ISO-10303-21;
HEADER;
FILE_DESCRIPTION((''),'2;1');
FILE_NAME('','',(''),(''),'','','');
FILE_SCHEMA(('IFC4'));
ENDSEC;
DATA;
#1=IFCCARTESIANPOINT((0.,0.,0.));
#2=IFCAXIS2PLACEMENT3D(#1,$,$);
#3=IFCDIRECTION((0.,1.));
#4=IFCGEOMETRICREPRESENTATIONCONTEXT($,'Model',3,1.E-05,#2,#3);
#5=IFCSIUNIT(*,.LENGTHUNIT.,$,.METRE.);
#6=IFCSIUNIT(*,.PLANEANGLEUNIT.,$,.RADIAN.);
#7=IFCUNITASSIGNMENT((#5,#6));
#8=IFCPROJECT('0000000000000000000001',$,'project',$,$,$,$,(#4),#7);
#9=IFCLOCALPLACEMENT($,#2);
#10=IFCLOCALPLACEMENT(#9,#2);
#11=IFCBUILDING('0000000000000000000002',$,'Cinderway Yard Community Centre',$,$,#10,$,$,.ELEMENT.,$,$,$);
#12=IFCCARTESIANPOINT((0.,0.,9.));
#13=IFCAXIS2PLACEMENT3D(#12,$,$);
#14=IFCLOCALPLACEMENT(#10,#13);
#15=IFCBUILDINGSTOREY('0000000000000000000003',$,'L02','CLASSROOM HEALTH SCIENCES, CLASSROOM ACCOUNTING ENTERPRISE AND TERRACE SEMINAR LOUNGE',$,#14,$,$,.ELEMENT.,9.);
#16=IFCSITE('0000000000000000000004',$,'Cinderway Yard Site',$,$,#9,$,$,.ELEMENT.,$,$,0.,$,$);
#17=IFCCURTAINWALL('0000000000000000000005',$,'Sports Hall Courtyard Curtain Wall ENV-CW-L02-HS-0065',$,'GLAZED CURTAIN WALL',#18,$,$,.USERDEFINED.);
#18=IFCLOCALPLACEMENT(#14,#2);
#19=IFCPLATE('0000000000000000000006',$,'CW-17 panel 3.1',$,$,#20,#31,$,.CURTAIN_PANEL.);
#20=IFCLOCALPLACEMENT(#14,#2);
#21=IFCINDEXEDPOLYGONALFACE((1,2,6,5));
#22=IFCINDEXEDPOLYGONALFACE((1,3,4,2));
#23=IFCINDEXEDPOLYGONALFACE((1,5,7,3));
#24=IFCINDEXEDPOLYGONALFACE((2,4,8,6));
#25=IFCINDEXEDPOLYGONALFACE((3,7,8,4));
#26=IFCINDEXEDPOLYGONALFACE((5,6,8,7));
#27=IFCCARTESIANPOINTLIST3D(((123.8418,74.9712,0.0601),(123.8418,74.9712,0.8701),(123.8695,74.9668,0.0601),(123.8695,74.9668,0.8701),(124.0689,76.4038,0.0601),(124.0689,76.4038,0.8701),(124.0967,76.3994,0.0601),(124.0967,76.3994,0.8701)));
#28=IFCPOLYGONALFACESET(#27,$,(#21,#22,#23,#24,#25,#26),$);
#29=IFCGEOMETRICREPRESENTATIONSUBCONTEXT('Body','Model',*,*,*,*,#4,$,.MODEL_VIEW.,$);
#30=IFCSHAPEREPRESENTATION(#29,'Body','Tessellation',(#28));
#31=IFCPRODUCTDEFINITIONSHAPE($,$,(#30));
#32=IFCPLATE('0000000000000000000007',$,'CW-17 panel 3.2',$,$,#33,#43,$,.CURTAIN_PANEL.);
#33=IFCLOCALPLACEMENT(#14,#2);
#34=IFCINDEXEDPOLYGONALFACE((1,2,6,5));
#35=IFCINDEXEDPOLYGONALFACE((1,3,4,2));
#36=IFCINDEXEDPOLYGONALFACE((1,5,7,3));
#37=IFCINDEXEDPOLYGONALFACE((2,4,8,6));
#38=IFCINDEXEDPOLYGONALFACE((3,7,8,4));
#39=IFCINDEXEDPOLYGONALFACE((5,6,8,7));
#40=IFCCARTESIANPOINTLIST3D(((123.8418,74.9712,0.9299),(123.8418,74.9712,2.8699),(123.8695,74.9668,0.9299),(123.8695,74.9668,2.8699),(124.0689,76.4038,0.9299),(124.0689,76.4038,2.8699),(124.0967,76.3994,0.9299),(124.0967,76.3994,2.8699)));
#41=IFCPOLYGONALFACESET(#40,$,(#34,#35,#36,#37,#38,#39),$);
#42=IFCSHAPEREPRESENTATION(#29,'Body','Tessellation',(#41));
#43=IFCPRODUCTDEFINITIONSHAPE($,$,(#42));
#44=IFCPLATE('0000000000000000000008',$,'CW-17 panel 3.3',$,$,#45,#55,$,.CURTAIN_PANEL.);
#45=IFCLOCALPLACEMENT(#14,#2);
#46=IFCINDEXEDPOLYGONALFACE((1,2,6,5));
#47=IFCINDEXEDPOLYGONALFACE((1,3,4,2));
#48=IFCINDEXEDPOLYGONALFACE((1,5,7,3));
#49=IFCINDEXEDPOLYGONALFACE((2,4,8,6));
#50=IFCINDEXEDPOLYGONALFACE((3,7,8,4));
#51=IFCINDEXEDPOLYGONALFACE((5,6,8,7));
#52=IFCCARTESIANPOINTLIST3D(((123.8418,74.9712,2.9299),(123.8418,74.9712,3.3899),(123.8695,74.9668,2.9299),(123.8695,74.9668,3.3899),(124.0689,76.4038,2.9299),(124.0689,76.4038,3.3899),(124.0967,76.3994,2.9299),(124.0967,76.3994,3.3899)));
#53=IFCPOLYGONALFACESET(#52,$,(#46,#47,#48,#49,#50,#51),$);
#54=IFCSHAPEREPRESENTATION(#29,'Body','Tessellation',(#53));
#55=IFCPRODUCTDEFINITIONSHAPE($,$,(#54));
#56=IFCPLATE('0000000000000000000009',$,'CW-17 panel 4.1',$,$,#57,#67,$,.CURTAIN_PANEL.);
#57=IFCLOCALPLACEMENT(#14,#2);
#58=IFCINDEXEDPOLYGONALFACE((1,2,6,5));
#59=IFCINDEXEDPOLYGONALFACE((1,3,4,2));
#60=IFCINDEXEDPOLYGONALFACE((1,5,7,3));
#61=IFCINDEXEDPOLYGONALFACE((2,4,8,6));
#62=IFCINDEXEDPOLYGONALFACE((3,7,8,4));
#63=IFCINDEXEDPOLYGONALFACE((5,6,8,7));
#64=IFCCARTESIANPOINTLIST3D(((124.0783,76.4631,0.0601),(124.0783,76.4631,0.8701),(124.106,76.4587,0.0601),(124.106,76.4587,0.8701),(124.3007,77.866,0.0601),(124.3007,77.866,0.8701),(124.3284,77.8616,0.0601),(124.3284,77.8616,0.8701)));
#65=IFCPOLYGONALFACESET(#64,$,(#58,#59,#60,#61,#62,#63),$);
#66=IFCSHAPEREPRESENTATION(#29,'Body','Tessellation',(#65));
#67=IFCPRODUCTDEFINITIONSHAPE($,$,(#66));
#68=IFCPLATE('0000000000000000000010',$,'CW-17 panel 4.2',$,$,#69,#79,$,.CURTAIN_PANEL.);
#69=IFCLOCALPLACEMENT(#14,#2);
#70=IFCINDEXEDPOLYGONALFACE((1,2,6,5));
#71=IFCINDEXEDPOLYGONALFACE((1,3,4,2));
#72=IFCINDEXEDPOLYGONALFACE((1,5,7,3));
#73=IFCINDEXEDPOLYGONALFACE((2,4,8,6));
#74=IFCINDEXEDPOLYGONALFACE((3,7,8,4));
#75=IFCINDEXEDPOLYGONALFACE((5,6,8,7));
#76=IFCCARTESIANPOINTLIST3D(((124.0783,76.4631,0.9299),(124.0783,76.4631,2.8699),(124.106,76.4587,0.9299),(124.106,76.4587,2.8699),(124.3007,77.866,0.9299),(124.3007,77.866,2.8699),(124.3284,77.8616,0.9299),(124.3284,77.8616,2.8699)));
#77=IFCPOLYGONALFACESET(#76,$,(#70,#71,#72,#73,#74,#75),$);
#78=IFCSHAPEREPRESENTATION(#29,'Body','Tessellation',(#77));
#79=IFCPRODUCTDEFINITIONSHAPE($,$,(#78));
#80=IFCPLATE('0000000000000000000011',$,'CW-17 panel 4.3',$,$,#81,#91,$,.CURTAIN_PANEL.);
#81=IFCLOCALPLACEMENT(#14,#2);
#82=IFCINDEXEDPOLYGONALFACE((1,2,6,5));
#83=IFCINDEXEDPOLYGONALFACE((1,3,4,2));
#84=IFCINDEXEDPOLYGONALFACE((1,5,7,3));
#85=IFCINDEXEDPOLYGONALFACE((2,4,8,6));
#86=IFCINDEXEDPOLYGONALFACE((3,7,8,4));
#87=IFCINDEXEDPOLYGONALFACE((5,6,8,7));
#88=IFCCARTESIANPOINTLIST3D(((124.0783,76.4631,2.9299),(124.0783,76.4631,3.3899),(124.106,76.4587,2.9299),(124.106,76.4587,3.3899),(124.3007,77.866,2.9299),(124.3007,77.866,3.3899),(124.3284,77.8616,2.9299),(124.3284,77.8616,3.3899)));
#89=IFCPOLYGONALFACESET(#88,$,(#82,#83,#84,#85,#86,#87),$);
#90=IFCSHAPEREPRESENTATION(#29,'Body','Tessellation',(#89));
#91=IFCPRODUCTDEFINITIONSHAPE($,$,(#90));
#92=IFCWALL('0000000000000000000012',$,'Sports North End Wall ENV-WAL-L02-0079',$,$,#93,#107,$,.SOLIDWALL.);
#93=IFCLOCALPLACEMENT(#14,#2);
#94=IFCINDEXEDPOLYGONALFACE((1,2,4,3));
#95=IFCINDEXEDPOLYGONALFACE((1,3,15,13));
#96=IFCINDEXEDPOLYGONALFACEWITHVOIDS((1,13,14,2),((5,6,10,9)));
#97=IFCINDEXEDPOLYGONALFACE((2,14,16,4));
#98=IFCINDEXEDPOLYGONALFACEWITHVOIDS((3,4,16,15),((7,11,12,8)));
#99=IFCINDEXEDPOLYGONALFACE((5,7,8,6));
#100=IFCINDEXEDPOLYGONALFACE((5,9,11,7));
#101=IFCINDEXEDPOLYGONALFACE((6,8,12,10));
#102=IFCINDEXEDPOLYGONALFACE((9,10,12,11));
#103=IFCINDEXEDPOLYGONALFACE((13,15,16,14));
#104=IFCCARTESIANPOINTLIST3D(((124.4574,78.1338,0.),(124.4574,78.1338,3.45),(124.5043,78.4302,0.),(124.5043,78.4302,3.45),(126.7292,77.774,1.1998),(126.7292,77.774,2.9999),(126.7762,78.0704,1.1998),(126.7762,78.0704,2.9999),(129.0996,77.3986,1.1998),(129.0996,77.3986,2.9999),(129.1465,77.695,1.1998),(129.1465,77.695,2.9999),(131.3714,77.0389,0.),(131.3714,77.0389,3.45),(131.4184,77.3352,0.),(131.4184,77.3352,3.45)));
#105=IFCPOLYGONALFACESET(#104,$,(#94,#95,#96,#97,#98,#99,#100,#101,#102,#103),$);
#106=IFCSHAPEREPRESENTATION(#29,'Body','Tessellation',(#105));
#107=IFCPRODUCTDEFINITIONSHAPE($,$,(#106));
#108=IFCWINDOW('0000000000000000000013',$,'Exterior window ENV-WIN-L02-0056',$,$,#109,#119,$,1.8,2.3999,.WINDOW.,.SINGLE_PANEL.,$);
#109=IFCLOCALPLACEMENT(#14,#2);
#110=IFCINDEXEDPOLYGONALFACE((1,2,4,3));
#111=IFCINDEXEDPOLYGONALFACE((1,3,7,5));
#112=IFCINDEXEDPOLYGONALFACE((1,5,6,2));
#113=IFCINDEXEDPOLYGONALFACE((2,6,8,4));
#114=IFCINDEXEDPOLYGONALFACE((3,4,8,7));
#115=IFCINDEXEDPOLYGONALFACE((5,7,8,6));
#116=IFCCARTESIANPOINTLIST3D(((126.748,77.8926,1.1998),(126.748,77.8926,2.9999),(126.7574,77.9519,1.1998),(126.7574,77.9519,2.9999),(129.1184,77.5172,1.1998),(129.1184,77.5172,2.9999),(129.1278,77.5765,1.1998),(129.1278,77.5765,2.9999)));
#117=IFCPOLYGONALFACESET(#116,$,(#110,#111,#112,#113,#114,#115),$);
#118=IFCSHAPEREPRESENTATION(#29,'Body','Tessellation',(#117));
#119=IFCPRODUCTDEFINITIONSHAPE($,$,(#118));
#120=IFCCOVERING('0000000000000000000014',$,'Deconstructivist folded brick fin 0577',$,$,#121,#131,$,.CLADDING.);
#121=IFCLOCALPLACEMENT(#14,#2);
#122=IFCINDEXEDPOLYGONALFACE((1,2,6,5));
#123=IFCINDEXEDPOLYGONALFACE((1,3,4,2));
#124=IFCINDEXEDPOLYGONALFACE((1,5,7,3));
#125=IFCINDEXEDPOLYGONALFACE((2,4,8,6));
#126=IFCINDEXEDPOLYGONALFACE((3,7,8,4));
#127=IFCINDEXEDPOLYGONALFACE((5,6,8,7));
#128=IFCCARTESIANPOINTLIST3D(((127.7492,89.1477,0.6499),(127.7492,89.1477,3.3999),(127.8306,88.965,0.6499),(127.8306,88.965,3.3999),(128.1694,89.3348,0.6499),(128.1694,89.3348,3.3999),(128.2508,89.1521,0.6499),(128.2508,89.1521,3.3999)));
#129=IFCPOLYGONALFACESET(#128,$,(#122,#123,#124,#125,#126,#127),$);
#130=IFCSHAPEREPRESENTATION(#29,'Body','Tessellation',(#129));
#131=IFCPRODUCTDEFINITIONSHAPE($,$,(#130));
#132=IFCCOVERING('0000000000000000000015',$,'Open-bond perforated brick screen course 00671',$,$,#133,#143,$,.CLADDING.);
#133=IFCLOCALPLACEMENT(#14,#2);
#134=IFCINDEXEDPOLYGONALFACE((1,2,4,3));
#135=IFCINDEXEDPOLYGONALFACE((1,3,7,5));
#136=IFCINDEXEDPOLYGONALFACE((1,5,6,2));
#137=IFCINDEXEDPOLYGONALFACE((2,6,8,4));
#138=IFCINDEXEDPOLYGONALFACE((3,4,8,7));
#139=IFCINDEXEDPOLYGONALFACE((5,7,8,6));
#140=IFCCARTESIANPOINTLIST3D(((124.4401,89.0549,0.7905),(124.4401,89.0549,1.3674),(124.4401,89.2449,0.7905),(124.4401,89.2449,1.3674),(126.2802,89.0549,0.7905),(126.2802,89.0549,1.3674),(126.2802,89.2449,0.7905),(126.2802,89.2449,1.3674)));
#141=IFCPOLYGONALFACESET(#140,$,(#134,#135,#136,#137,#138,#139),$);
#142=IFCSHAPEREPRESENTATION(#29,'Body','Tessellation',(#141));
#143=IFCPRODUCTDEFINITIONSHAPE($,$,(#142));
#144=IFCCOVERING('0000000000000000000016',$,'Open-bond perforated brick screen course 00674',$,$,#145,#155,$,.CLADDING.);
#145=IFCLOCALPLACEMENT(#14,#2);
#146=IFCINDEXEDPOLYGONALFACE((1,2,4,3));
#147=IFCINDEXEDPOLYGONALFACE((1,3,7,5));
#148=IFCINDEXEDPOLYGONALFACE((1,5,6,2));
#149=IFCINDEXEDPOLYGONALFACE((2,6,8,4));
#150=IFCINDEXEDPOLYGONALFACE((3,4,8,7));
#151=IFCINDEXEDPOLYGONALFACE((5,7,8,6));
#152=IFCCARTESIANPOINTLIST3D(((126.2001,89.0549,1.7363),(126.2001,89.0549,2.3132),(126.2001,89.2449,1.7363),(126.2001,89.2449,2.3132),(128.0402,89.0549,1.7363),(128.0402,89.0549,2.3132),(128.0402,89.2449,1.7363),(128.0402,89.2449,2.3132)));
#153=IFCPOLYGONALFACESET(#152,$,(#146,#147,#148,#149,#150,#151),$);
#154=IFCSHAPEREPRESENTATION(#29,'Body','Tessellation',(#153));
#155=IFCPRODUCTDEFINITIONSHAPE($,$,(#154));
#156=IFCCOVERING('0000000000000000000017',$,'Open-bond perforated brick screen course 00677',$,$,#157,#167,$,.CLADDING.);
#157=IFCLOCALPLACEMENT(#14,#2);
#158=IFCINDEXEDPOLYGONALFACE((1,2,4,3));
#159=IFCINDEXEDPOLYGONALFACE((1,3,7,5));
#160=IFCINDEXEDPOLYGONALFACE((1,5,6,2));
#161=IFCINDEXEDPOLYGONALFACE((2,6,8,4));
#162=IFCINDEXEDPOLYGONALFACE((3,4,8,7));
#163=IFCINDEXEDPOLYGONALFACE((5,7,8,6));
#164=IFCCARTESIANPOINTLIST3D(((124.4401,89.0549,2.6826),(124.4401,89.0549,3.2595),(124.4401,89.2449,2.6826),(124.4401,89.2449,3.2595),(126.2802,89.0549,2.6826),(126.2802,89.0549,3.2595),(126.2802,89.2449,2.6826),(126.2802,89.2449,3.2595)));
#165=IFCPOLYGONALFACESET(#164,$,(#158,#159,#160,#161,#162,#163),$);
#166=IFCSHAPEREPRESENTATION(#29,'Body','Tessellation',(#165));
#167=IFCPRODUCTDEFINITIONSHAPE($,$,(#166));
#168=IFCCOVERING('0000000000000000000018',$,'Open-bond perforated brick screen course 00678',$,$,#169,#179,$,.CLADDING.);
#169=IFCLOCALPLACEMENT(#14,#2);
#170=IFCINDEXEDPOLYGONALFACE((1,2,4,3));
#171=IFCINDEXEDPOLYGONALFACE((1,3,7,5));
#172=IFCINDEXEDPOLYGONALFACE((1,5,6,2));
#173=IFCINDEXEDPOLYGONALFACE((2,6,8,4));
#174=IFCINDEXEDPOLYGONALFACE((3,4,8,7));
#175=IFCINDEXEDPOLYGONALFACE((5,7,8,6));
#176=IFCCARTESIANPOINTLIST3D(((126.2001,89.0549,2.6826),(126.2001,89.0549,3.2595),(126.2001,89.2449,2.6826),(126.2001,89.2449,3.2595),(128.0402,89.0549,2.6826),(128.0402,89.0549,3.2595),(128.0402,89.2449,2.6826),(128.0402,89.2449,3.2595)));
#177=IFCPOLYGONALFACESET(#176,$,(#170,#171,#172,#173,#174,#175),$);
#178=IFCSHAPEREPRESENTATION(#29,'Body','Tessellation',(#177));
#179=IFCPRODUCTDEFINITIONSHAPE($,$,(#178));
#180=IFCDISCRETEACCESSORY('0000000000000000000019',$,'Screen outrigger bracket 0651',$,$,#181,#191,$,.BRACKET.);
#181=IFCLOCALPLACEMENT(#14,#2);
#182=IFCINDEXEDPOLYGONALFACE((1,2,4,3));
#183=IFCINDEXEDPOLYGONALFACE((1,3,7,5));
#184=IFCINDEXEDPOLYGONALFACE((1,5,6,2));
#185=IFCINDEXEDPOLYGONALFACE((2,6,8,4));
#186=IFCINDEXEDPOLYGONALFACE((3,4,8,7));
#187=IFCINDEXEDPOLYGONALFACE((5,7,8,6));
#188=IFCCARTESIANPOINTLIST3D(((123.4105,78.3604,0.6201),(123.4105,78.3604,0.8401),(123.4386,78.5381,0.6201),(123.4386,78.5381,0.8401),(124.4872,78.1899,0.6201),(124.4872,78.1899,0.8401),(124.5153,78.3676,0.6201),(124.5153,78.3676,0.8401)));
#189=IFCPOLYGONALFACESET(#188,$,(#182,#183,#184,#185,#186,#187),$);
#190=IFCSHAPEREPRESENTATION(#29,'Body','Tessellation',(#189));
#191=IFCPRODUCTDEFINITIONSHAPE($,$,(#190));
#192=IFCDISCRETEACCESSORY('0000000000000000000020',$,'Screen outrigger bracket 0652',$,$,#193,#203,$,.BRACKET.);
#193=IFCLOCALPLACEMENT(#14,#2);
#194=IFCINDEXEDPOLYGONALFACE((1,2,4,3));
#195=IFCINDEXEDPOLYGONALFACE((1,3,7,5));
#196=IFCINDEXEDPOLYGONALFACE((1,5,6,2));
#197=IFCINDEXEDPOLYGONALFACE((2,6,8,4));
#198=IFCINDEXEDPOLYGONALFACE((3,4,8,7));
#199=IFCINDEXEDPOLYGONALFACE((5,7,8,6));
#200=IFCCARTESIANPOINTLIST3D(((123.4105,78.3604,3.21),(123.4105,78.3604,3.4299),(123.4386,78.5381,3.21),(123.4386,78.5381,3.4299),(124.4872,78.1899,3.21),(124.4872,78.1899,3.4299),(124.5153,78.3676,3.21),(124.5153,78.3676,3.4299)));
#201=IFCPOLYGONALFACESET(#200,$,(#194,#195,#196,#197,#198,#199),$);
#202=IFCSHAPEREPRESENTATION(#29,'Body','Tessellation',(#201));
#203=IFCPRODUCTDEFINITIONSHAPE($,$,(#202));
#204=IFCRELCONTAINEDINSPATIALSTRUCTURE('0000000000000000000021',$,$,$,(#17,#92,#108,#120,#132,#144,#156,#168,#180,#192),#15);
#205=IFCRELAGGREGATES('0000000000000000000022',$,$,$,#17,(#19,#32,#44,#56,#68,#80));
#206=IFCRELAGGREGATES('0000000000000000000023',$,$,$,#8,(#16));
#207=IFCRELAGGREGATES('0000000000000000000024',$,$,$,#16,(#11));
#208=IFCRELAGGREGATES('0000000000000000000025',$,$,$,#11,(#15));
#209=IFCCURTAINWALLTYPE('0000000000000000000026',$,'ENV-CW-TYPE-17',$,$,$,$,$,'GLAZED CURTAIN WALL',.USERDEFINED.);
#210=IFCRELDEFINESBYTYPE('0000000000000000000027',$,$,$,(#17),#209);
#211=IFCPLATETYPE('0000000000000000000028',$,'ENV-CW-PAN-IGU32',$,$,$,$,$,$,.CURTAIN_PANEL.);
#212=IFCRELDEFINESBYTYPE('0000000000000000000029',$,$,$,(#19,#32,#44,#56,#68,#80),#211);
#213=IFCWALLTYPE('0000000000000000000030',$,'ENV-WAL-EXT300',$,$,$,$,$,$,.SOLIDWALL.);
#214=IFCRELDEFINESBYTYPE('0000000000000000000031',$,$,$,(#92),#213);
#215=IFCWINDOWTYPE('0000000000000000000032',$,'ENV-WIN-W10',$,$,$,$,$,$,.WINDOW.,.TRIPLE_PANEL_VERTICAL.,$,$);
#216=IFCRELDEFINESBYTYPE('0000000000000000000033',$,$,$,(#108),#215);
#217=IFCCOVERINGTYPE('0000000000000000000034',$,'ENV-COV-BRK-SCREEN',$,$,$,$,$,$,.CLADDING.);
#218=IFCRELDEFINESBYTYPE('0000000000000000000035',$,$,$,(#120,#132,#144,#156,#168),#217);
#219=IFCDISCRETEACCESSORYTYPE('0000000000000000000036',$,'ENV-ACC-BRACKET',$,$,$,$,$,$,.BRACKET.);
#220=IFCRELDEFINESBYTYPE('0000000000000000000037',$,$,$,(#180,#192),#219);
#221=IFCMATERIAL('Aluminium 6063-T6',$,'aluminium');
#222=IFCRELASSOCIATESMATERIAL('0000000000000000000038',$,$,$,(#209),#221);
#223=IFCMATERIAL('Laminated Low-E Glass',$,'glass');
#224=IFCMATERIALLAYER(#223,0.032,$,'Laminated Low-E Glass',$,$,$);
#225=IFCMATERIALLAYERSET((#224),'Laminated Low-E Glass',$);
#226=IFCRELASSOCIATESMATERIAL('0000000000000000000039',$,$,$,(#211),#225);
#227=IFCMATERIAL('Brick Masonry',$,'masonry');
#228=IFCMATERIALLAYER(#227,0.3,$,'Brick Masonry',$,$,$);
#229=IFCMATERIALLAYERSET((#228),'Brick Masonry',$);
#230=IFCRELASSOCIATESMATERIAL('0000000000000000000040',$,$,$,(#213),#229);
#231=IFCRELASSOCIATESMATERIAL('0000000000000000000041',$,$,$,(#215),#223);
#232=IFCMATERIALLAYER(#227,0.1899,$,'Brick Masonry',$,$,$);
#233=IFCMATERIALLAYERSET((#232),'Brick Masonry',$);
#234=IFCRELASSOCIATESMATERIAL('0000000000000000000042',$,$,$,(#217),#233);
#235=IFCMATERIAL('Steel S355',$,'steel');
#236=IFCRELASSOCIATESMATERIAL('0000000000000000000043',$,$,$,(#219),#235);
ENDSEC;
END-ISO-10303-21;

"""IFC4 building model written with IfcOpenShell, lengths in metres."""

from ifc_helpers import new_model, si_unit, direction, frame, frame_2d, origin, origin_2d, place, context, subcontext, project, spatial, rectangle, extrude, material, layer, layer_set, type_object, element, fill, aggregate, save


model = new_model("IFC4")

# Units and contexts
model_context = context("Model", 3, precision=1e-05, world=origin(), true_north=direction((0.0, 1.0)))
body_context = subcontext(model_context, "Body", "Model", "MODEL_VIEW")
ifc_project = project(units=[si_unit("LENGTHUNIT", "METRE"), si_unit("PLANEANGLEUNIT", "RADIAN")], contexts=[model_context])

# Site, building, storey
site_placement = place(None, origin())
site = spatial("IfcSite", under=ifc_project, at=site_placement, Name="Cinderway Yard Site", CompositionType="ELEMENT", RefElevation=0.0)
building_placement = place(site_placement, origin())
building = spatial("IfcBuilding", under=site, at=building_placement, Name="Cinderway Yard Community Centre", CompositionType="ELEMENT")
storey_placement = place(building_placement, frame((0.0, 0.0, 9.0)))
storey = spatial("IfcBuildingStorey", under=building, at=storey_placement, Name="L02", Description="CLASSROOM HEALTH SCIENCES, CLASSROOM ACCOUNTING ENTERPRISE AND TERRACE SEMINAR LOUNGE", CompositionType="ELEMENT", Elevation=9.0)

# Curtain wall
ifc_material_1 = material(Name="Aluminium 6063-T6", Category="aluminium")
curtain_wall_type = type_object("IfcCurtainWallType", Name="ENV-CW-TYPE-17", ElementType="GLAZED CURTAIN WALL", PredefinedType="USERDEFINED", material=ifc_material_1)
curtain_wall_placement = place(storey_placement, origin())
curtain_wall = element("IfcCurtainWall", 1, at=curtain_wall_placement, inside=storey, type_object=curtain_wall_type, Name="Sports Hall Courtyard Curtain Wall ENV-CW-L02-HS-0065", ObjectType="GLAZED CURTAIN WALL", PredefinedType="USERDEFINED")

# Shared definitions
ifc_material_2 = material(Name="Steel S355", Category="steel")

# Plates
ifc_material_3 = material(Name="Laminated Low-E Glass", Category="glass")
ifc_layer_1 = layer(ifc_material_3, 0.032, Name="Laminated Low-E Glass")
ifc_layer_set_1 = layer_set([ifc_layer_1], Name="Laminated Low-E Glass")
plate_type = type_object("IfcPlateType", Name="ENV-CW-PAN-IGU32", PredefinedType="CURTAIN_PANEL", material=ifc_layer_set_1)
plate_1_placement = place(storey_placement, frame((123.9692, 75.6853, 0.0601), z_axis=(0.0, 0.0, 1.0), x_axis=(0.156583, 0.987665, 0.0)))
plate_1 = element("IfcPlate", 2, at=plate_1_placement, type_object=plate_type, Name="CW-17 panel 3.1", PredefinedType="CURTAIN_PANEL", context=body_context, shape_type="SweptSolid", body=[
    extrude(rectangle(XDim=1.4504, YDim=0.0281, at=origin_2d()), origin(), (0.0, 0.0, 1.0), 0.8101),
])
plate_2_placement = place(storey_placement, frame((123.9692, 75.6853, 0.9299), z_axis=(0.0, 0.0, 1.0), x_axis=(0.156583, 0.987665, 0.0)))
plate_2 = element("IfcPlate", 3, at=plate_2_placement, type_object=plate_type, Name="CW-17 panel 3.2", PredefinedType="CURTAIN_PANEL", context=body_context, shape_type="SweptSolid", body=[
    extrude(rectangle(XDim=1.4504, YDim=0.0281, at=origin_2d()), origin(), (0.0, 0.0, 1.0), 1.9399),
])
plate_3_placement = place(storey_placement, frame((123.9692, 75.6853, 2.9299), z_axis=(0.0, 0.0, 1.0), x_axis=(0.156583, 0.987665, 0.0)))
plate_3 = element("IfcPlate", 4, at=plate_3_placement, type_object=plate_type, Name="CW-17 panel 3.3", PredefinedType="CURTAIN_PANEL", context=body_context, shape_type="SweptSolid", body=[
    extrude(rectangle(XDim=1.4504, YDim=0.0281, at=origin_2d()), origin(), (0.0, 0.0, 1.0), 0.46),
])
plate_4_placement = place(storey_placement, frame((124.2034, 77.1624, 0.0601), z_axis=(0.0, 0.0, 1.0), x_axis=(0.156583, 0.987665, 0.0)))
plate_4 = element("IfcPlate", 5, at=plate_4_placement, type_object=plate_type, Name="CW-17 panel 4.1", PredefinedType="CURTAIN_PANEL", context=body_context, shape_type="SweptSolid", body=[
    extrude(rectangle(XDim=1.4204, YDim=0.0281, at=origin_2d()), origin(), (0.0, 0.0, 1.0), 0.8101),
])
plate_5_placement = place(storey_placement, frame((124.2034, 77.1624, 0.9299), z_axis=(0.0, 0.0, 1.0), x_axis=(0.156583, 0.987665, 0.0)))
plate_5 = element("IfcPlate", 6, at=plate_5_placement, type_object=plate_type, Name="CW-17 panel 4.2", PredefinedType="CURTAIN_PANEL", context=body_context, shape_type="SweptSolid", body=[
    extrude(rectangle(XDim=1.4204, YDim=0.0281, at=origin_2d()), origin(), (0.0, 0.0, 1.0), 1.9399),
])
plate_6_placement = place(storey_placement, frame((124.2034, 77.1624, 2.9299), z_axis=(0.0, 0.0, 1.0), x_axis=(0.156583, 0.987665, 0.0)))
plate_6 = element("IfcPlate", 7, at=plate_6_placement, type_object=plate_type, Name="CW-17 panel 4.3", PredefinedType="CURTAIN_PANEL", context=body_context, shape_type="SweptSolid", body=[
    extrude(rectangle(XDim=1.4204, YDim=0.0281, at=origin_2d()), origin(), (0.0, 0.0, 1.0), 0.46),
])
aggregate(curtain_wall, [plate_1, plate_2, plate_3, plate_4, plate_5, plate_6])

# Wall, opening, window
ifc_material_4 = material(Name="Brick Masonry", Category="masonry")
ifc_layer_2 = layer(ifc_material_4, 0.3, Name="Brick Masonry")
ifc_layer_set_2 = layer_set([ifc_layer_2], Name="Brick Masonry")
wall_type = type_object("IfcWallType", Name="ENV-WAL-EXT300", PredefinedType="SOLIDWALL", material=ifc_layer_set_2)
wall_placement = place(storey_placement, frame((124.481, 78.282, 0.0), z_axis=(0.0, 0.0, 1.0), x_axis=(0.987691, -0.156419, 0.0)))
wall = element("IfcWall", 8, at=wall_placement, inside=storey, type_object=wall_type, Name="Sports North End Wall ENV-WAL-L02-0079", PredefinedType="SOLIDWALL", context=body_context, shape_type="SweptSolid", body=[
    extrude(rectangle(XDim=7.0002, YDim=0.3, at=frame_2d((3.5, 0.0))), origin(), (0.0, 0.0, 1.0), 3.45),
])
opening_placement = place(wall_placement, frame((2.3, 0.0, 1.2)))
opening = element("IfcOpeningElement", 9, at=opening_placement, cuts=wall, PredefinedType="OPENING", context=body_context, shape_type="SweptSolid", body=[
    extrude(rectangle(XDim=2.3999, YDim=1.8, at=frame_2d((1.2, 0.8999))), frame((0.0, 0.1599, 0.0), z_axis=(0.0, -1.0, 0.0), x_axis=(1.0, 0.0, 0.0)), (0.0, 0.0, 1.0), 0.3201),
])
window_type = type_object("IfcWindowType", Name="ENV-WIN-W10", PartitioningType="TRIPLE_PANEL_VERTICAL", PredefinedType="WINDOW", material=ifc_material_3)
window_placement = place(opening_placement, origin())
window = element("IfcWindow", 10, at=window_placement, inside=storey, type_object=window_type, Name="Exterior window ENV-WIN-L02-0056", OverallHeight=1.8, OverallWidth=2.3999, PartitioningType="SINGLE_PANEL", PredefinedType="WINDOW", context=body_context, shape_type="SweptSolid", body=[
    extrude(rectangle(XDim=2.3999, YDim=1.8, at=frame_2d((1.2, 0.8999))), frame((0.0, 0.03, 0.0), z_axis=(0.0, -1.0, 0.0), x_axis=(1.0, 0.0, 0.0)), (0.0, 0.0, 1.0), 0.0601),
])
fill(opening, window)

# Coverings
ifc_layer_3 = layer(ifc_material_4, 0.1899, Name="Brick Masonry")
ifc_layer_set_3 = layer_set([ifc_layer_3], Name="Brick Masonry")
covering_type = type_object("IfcCoveringType", Name="ENV-COV-BRK-SCREEN", PredefinedType="CLADDING", material=ifc_layer_set_3)
covering_placement = place(storey_placement, frame((128.0, 89.1499, 0.6499), z_axis=(0.0, 0.0, 1.0), x_axis=(-0.913545, -0.406737, 0.0)))
element("IfcCovering", 11, at=covering_placement, inside=storey, type_object=covering_type, Name="Deconstructivist folded brick fin 0577", PredefinedType="CLADDING", context=body_context, shape_type="SweptSolid", body=[
    extrude(rectangle(XDim=0.46, YDim=0.2, at=origin_2d()), origin(), (0.0, 0.0, 1.0), 2.75),
])
for number, where, z_axis, x_axis, name in (
    (12, (125.3601, 89.1499, 0.7905), (0.0, 0.0, 1.0), (-1.0, 0.0, 0.0), "Open-bond perforated brick screen course 00671"),
    (13, (127.1201, 89.1499, 1.7363), (0.0, 0.0, 1.0), (-1.0, 0.0, 0.0), "Open-bond perforated brick screen course 00674"),
    (14, (125.3601, 89.1499, 2.6826), (0.0, 0.0, 1.0), (-1.0, 0.0, 0.0), "Open-bond perforated brick screen course 00677"),
    (15, (127.1201, 89.1499, 2.6826), (0.0, 0.0, 1.0), (-1.0, 0.0, 0.0), "Open-bond perforated brick screen course 00678"),
):
    element("IfcCovering", number, at=place(storey_placement, frame(where, z_axis=z_axis, x_axis=x_axis)), inside=storey, type_object=covering_type, Name=name, PredefinedType="CLADDING", context=body_context, shape_type="SweptSolid", body=[
        extrude(rectangle(XDim=1.8401, YDim=0.1899, at=origin_2d()), origin(), (0.0, 0.0, 1.0), 0.5769),
    ])

# Discrete accessories
discrete_accessory_type = type_object("IfcDiscreteAccessoryType", Name="ENV-ACC-BRACKET", PredefinedType="BRACKET", material=ifc_material_2)
for number, where, z_axis, x_axis, name in (
    (16, (123.9629, 78.364, 0.6201), (0.0, 0.0, 1.0), (-0.987688, 0.156434, 0.0), "Screen outrigger bracket 0651"),
    (17, (123.9629, 78.364, 3.21), (0.0, 0.0, 1.0), (-0.987688, 0.156434, 0.0), "Screen outrigger bracket 0652"),
):
    element("IfcDiscreteAccessory", number, at=place(storey_placement, frame(where, z_axis=z_axis, x_axis=x_axis)), inside=storey, type_object=discrete_accessory_type, Name=name, PredefinedType="BRACKET", context=body_context, shape_type="SweptSolid", body=[
        extrude(rectangle(XDim=1.0901, YDim=0.1799, at=origin_2d()), origin(), (0.0, 0.0, 1.0), 0.22),
    ])

save(model, "model.ifc")
